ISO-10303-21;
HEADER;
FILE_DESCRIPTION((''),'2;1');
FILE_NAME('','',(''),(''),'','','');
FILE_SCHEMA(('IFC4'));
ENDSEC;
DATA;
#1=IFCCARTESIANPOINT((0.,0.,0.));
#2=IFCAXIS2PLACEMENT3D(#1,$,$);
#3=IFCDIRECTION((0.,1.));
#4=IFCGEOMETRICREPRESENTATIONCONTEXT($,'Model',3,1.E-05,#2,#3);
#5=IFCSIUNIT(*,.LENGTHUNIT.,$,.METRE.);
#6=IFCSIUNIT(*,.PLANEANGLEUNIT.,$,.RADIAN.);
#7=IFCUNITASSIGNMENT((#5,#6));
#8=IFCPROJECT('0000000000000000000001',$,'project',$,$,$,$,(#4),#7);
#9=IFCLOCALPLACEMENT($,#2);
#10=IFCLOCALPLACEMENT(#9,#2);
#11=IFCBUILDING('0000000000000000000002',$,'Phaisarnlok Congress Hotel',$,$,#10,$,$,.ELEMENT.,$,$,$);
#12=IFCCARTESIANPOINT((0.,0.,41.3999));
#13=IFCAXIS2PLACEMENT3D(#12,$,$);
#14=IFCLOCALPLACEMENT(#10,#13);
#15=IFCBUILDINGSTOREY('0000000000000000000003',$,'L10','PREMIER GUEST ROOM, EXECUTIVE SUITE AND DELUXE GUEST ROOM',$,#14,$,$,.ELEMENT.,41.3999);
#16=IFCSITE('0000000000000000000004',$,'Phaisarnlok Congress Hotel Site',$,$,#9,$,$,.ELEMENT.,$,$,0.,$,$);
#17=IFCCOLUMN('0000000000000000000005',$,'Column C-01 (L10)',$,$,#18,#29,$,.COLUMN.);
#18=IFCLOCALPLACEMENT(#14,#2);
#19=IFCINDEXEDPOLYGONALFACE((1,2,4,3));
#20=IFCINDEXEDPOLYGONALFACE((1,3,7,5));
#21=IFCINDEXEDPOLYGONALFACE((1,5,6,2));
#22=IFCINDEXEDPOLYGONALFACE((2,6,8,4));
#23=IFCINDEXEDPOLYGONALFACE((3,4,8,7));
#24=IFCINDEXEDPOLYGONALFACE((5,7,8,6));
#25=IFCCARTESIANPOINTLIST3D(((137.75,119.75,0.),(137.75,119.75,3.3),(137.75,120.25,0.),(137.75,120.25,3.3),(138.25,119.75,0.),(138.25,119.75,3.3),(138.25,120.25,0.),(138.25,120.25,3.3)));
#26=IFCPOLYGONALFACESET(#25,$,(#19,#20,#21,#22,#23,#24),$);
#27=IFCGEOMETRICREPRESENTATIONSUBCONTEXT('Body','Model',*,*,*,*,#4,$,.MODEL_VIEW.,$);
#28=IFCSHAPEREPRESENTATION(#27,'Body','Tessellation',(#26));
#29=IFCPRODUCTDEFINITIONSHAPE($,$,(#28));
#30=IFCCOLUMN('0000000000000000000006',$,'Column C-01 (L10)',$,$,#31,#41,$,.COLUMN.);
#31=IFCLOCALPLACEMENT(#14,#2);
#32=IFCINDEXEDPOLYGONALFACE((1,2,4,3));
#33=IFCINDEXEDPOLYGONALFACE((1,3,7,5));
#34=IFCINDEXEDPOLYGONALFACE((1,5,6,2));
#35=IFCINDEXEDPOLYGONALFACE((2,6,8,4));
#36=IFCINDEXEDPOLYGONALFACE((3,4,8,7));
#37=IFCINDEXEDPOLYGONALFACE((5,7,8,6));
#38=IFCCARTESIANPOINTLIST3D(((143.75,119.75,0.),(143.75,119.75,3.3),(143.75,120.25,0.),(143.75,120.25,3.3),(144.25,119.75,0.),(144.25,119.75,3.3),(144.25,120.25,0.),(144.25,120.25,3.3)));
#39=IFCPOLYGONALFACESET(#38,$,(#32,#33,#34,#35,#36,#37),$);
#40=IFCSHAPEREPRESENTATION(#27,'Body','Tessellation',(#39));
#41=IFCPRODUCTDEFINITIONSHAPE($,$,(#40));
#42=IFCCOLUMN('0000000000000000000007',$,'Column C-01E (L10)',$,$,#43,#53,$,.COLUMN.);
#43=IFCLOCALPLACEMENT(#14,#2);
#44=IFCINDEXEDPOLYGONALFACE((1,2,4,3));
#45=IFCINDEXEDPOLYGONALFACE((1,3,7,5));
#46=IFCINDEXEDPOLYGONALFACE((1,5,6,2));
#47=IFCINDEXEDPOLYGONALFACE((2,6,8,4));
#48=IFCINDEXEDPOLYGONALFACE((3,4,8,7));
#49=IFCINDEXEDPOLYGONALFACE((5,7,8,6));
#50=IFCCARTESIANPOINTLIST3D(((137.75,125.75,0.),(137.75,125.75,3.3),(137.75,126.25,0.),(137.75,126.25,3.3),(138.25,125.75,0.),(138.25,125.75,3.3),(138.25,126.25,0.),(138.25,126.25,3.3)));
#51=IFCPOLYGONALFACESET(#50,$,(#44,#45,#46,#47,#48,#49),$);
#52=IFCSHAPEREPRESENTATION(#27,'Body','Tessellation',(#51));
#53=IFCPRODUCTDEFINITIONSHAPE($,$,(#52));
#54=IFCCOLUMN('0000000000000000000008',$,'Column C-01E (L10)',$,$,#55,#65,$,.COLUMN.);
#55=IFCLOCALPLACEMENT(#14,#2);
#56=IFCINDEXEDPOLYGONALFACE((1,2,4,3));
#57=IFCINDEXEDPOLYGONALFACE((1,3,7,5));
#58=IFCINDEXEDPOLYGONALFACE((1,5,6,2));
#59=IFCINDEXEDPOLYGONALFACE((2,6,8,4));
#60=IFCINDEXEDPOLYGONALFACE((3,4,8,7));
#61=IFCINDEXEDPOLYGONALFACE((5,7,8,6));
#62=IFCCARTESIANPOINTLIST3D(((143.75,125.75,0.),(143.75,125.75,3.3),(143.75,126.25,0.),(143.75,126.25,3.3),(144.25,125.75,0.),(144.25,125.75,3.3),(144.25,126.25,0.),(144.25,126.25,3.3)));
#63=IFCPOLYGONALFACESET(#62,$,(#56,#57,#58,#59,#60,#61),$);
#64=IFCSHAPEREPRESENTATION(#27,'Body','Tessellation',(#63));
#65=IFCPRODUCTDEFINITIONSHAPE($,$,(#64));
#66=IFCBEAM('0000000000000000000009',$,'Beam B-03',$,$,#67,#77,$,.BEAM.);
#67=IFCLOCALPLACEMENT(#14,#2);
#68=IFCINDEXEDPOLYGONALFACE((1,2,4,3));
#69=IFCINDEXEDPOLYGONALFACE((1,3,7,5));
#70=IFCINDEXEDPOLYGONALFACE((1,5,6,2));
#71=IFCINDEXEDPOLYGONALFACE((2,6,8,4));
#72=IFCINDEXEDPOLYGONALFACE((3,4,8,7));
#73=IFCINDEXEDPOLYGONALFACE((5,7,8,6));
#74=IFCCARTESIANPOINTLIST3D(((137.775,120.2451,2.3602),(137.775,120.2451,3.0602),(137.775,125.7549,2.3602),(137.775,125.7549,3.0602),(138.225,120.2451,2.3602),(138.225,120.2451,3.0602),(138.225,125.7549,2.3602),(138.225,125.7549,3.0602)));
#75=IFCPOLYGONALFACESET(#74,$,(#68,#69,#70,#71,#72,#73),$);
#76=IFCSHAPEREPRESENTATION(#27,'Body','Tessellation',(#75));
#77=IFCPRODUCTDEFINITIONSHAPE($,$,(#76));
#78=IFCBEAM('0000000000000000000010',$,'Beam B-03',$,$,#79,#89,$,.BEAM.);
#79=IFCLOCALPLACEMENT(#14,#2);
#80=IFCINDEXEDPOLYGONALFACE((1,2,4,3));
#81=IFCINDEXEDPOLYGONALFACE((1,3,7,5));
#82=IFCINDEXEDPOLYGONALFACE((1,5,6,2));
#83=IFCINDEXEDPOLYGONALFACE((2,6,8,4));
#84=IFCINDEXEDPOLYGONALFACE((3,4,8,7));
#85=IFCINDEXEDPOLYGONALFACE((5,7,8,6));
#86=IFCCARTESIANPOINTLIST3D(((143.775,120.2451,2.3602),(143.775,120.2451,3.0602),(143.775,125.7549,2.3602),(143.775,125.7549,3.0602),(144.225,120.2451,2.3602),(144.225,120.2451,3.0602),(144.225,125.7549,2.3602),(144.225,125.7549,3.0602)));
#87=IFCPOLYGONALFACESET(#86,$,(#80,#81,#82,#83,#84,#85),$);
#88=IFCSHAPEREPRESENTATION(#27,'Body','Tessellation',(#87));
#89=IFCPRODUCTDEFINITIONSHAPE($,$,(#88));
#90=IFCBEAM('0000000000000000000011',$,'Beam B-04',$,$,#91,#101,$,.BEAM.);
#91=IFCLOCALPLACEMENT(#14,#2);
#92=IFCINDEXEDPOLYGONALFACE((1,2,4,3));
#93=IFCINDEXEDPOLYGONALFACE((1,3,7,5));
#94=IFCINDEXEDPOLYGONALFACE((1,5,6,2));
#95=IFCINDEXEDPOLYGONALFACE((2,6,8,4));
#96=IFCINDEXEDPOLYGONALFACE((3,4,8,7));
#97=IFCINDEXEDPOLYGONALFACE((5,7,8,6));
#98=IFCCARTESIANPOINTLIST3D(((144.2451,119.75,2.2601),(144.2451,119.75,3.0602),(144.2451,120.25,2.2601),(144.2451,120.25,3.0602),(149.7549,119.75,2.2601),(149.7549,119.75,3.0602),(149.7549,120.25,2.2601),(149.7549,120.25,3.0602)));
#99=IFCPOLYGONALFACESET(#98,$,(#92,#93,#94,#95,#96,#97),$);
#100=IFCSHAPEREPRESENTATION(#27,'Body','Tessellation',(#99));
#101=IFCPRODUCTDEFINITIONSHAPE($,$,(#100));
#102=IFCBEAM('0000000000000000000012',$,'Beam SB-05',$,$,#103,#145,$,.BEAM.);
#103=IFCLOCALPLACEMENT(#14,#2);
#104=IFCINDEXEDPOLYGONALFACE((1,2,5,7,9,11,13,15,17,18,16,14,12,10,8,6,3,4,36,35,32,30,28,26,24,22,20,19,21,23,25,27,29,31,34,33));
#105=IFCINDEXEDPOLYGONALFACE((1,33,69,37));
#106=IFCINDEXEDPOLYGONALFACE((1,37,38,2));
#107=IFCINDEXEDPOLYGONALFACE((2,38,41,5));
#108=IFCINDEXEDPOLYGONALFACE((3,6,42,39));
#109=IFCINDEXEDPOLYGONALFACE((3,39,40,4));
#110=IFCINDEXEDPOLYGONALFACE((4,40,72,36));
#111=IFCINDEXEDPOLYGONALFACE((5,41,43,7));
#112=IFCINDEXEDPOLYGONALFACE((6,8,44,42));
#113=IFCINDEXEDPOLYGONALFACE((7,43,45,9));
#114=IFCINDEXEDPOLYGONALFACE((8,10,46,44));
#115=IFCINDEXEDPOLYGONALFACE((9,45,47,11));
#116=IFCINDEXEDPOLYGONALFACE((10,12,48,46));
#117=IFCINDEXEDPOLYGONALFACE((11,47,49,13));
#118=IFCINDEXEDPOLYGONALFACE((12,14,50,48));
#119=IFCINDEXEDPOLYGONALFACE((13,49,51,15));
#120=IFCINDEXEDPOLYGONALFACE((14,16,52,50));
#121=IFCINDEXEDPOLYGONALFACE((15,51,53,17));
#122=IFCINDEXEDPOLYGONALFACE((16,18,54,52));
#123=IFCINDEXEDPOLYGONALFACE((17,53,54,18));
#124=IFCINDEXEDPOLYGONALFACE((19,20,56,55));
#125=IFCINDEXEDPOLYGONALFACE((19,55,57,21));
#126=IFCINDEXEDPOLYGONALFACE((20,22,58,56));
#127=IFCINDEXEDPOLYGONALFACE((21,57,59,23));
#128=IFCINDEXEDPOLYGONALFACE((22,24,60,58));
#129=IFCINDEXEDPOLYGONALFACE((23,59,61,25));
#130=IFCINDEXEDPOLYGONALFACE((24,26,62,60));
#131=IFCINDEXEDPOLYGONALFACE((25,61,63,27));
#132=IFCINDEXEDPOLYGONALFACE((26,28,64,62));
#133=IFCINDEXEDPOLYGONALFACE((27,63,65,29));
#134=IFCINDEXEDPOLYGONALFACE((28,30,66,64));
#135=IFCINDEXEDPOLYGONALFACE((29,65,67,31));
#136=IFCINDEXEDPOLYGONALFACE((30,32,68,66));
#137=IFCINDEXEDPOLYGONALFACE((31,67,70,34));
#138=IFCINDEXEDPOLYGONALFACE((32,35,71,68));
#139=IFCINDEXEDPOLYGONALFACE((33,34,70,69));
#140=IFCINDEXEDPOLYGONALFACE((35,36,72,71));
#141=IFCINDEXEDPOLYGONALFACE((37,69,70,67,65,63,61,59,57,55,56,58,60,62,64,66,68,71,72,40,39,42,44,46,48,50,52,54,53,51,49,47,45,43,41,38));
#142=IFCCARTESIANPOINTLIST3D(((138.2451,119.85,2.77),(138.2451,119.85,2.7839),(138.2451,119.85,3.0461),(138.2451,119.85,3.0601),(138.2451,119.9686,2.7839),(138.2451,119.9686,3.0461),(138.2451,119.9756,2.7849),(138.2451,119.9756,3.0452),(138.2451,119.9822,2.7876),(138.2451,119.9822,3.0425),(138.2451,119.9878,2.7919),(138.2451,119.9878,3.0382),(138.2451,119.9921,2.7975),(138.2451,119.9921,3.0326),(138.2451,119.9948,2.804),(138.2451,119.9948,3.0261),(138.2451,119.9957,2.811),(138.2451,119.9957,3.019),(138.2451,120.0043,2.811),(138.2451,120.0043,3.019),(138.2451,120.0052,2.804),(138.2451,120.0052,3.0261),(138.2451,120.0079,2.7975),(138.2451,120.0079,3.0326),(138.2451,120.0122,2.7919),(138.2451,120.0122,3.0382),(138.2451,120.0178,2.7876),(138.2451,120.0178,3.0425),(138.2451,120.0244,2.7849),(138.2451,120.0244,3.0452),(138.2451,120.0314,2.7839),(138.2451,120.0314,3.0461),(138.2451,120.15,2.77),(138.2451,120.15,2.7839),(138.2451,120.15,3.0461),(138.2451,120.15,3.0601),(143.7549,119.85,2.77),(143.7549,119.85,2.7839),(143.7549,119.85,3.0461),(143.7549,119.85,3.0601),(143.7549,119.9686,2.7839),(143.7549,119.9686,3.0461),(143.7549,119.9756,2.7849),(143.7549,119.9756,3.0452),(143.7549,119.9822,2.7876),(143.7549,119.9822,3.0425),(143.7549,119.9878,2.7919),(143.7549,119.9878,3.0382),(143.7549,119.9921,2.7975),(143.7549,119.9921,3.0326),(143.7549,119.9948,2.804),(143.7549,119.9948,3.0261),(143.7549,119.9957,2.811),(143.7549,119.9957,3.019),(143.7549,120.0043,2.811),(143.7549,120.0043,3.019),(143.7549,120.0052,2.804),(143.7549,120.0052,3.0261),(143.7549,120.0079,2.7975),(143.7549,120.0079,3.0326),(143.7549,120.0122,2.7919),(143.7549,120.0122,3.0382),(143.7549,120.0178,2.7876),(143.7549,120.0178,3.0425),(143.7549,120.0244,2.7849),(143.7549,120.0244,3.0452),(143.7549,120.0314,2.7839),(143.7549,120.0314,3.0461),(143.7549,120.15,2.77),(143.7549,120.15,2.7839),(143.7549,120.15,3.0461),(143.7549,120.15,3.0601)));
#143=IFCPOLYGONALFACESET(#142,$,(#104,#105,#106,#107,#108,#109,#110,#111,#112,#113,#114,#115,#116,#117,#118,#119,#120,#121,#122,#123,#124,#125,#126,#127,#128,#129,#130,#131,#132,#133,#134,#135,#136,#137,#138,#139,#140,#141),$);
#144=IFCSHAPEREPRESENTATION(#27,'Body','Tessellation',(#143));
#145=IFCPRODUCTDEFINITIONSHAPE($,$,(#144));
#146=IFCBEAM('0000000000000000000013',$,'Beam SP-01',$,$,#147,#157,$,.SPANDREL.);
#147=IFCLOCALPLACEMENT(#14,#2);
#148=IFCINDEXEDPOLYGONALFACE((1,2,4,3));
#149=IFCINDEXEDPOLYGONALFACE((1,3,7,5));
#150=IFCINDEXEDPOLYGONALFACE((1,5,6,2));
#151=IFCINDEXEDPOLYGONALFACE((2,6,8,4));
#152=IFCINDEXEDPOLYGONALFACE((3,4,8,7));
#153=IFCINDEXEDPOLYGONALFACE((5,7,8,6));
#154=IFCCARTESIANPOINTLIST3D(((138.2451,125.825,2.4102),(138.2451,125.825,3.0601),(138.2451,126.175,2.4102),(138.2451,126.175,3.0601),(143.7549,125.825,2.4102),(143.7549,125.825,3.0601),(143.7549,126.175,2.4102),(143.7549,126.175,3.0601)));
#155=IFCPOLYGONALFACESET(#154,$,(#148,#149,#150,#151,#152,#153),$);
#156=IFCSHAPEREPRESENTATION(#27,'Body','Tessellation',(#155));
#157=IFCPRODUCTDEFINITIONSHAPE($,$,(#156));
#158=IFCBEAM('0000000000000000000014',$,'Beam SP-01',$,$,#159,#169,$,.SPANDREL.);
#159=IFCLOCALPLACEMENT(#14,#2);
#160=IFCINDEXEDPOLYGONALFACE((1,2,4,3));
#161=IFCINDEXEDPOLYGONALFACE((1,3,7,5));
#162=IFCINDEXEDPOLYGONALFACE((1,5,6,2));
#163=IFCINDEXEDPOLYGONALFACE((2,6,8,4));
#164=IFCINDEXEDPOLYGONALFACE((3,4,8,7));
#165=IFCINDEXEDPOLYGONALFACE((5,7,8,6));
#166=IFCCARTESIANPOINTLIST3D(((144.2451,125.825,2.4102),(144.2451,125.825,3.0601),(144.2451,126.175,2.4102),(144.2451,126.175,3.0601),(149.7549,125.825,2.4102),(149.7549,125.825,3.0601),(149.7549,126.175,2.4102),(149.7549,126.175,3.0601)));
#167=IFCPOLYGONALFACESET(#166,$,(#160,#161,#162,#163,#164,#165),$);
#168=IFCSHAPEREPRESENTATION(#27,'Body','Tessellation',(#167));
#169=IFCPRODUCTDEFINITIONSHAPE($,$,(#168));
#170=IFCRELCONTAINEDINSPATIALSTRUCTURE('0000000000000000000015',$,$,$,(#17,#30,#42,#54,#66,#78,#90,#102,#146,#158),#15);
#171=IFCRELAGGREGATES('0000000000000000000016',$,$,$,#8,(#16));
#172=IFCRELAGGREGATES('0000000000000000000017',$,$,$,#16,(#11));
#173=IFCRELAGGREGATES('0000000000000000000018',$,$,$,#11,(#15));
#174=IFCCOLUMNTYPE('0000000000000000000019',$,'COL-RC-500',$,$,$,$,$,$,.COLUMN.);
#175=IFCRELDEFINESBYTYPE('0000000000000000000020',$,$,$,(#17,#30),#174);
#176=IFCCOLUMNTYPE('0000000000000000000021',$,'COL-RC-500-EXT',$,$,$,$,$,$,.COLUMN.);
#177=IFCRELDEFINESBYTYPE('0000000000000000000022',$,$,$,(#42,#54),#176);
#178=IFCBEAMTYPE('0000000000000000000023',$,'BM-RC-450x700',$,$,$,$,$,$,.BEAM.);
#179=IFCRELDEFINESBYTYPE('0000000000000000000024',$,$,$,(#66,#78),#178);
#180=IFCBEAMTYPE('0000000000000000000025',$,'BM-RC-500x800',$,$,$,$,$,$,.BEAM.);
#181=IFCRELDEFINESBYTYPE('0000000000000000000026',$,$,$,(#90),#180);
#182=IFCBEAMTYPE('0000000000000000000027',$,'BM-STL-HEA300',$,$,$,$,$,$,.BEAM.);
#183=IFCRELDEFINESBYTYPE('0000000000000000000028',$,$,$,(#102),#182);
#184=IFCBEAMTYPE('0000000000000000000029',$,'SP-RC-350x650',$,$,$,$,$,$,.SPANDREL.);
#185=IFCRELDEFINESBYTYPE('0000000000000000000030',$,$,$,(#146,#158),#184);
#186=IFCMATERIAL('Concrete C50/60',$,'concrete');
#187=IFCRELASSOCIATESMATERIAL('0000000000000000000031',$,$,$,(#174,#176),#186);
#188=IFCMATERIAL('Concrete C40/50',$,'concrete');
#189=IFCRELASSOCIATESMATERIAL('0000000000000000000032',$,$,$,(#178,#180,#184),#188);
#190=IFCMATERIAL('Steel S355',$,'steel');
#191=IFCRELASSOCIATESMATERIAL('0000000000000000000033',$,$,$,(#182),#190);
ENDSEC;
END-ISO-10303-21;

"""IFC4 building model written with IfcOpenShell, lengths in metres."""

from ifc_helpers import new_model, si_unit, direction, frame, origin, origin_2d, place, context, subcontext, project, spatial, rectangle, i_section, extrude, material, material_profile, profile_set, type_object, element, save


model = new_model("IFC4")

# Units and contexts
model_context = context("Model", 3, precision=1e-05, world=origin(), true_north=direction((0.0, 1.0)))
body_context = subcontext(model_context, "Body", "Model", "MODEL_VIEW")
ifc_project = project(units=[si_unit("LENGTHUNIT", "METRE"), si_unit("PLANEANGLEUNIT", "RADIAN")], contexts=[model_context])

# Site, building, storey
site_placement = place(None, origin())
site = spatial("IfcSite", under=ifc_project, at=site_placement, Name="Phaisarnlok Congress Hotel Site", CompositionType="ELEMENT", RefElevation=0.0)
building_placement = place(site_placement, origin())
building = spatial("IfcBuilding", under=site, at=building_placement, Name="Phaisarnlok Congress Hotel", CompositionType="ELEMENT")
storey_placement = place(building_placement, frame((0.0, 0.0, 41.3999)))
storey = spatial("IfcBuildingStorey", under=building, at=storey_placement, Name="L10", Description="PREMIER GUEST ROOM, EXECUTIVE SUITE AND DELUXE GUEST ROOM", CompositionType="ELEMENT", Elevation=41.3999)

# Columns
ifc_material_1 = material(Name="Concrete C50/60", Category="concrete")
ifc_material_profile_1 = material_profile(ifc_material_1, rectangle(XDim=0.5, YDim=0.5, at=origin_2d()), Name="RC 500x500")
ifc_profile_set_1 = profile_set([ifc_material_profile_1], Name="Concrete C50/60")
column_type_1 = type_object("IfcColumnType", Name="COL-RC-500", PredefinedType="COLUMN", material=ifc_profile_set_1)
for number, where, z_axis, x_axis, name in (
    (1, (138.0, 120.0, 0.0), (0.0, 0.0, 1.0), (1.0, 0.0, 0.0), "Column C-01 (L10)"),
    (2, (144.0, 120.0, 0.0), (0.0, 0.0, 1.0), (1.0, 0.0, 0.0), "Column C-01 (L10)"),
):
    element("IfcColumn", number, at=place(storey_placement, frame(where, z_axis=z_axis, x_axis=x_axis)), inside=storey, type_object=column_type_1, Name=name, PredefinedType="COLUMN", context=body_context, shape_type="SweptSolid", body=[
        extrude(rectangle(XDim=0.5, YDim=0.5, at=origin_2d()), origin(), (0.0, 0.0, 1.0), 3.3),
    ])
ifc_material_profile_2 = material_profile(ifc_material_1, rectangle(XDim=0.5, YDim=0.5, at=origin_2d()), Name="RC 500x500")
ifc_profile_set_2 = profile_set([ifc_material_profile_2], Name="Concrete C50/60")
column_type_2 = type_object("IfcColumnType", Name="COL-RC-500-EXT", PredefinedType="COLUMN", material=ifc_profile_set_2)
for number, where, z_axis, x_axis, name in (
    (3, (138.0, 126.0, 0.0), (0.0, 0.0, 1.0), (1.0, 0.0, 0.0), "Column C-01E (L10)"),
    (4, (144.0, 126.0, 0.0), (0.0, 0.0, 1.0), (1.0, 0.0, 0.0), "Column C-01E (L10)"),
):
    element("IfcColumn", number, at=place(storey_placement, frame(where, z_axis=z_axis, x_axis=x_axis)), inside=storey, type_object=column_type_2, Name=name, PredefinedType="COLUMN", context=body_context, shape_type="SweptSolid", body=[
        extrude(rectangle(XDim=0.5, YDim=0.5, at=origin_2d()), origin(), (0.0, 0.0, 1.0), 3.3),
    ])

# Beams
ifc_material_2 = material(Name="Concrete C40/50", Category="concrete")
ifc_material_profile_3 = material_profile(ifc_material_2, rectangle(XDim=0.45, YDim=0.7, at=origin_2d()), Name="RC 450x700")
ifc_profile_set_3 = profile_set([ifc_material_profile_3], Name="Concrete C40/50")
beam_type_1 = type_object("IfcBeamType", Name="BM-RC-450x700", PredefinedType="BEAM", material=ifc_profile_set_3)
for number, where, z_axis, x_axis, name in (
    (5, (138.0, 120.2451, 2.7102), (0.0, 1.0, 0.0), (-1.0, 0.0, 0.0), "Beam B-03"),
    (6, (144.0, 120.2451, 2.7102), (0.0, 1.0, 0.0), (-1.0, 0.0, 0.0), "Beam B-03"),
):
    element("IfcBeam", number, at=place(storey_placement, frame(where, z_axis=z_axis, x_axis=x_axis)), inside=storey, type_object=beam_type_1, Name=name, PredefinedType="BEAM", context=body_context, shape_type="SweptSolid", body=[
        extrude(rectangle(XDim=0.45, YDim=0.7, at=origin_2d()), origin(), (0.0, 0.0, 1.0), 5.5098),
    ])
ifc_material_profile_4 = material_profile(ifc_material_2, rectangle(XDim=0.5, YDim=0.8, at=origin_2d()), Name="RC 500x800")
ifc_profile_set_4 = profile_set([ifc_material_profile_4], Name="Concrete C40/50")
beam_type_2 = type_object("IfcBeamType", Name="BM-RC-500x800", PredefinedType="BEAM", material=ifc_profile_set_4)
beam_1_placement = place(storey_placement, frame((144.2451, 120.0, 2.6602), z_axis=(1.0, 0.0, 0.0), x_axis=(0.0, 1.0, 0.0)))
element("IfcBeam", 7, at=beam_1_placement, inside=storey, type_object=beam_type_2, Name="Beam B-04", PredefinedType="BEAM", context=body_context, shape_type="SweptSolid", body=[
    extrude(rectangle(XDim=0.5, YDim=0.8, at=origin_2d()), origin(), (0.0, 0.0, 1.0), 5.5098),
])
ifc_material_3 = material(Name="Steel S355", Category="steel")
ifc_material_profile_5 = material_profile(ifc_material_3, i_section(OverallWidth=0.3, OverallDepth=0.29, WebThickness=0.0085, FlangeThickness=0.0139, FilletRadius=0.0271, at=origin_2d()), Name="HEA 300")
ifc_profile_set_5 = profile_set([ifc_material_profile_5], Name="Steel S355")
beam_type_3 = type_object("IfcBeamType", Name="BM-STL-HEA300", PredefinedType="BEAM", material=ifc_profile_set_5)
beam_2_placement = place(storey_placement, frame((138.2451, 120.0, 2.915), z_axis=(1.0, 0.0, 0.0), x_axis=(0.0, 1.0, 0.0)))
element("IfcBeam", 8, at=beam_2_placement, inside=storey, type_object=beam_type_3, Name="Beam SB-05", PredefinedType="BEAM", context=body_context, shape_type="SweptSolid", body=[
    extrude(i_section(OverallWidth=0.3, OverallDepth=0.29, WebThickness=0.0085, FlangeThickness=0.0139, FilletRadius=0.0271, at=origin_2d()), origin(), (0.0, 0.0, 1.0), 5.5098),
])
ifc_material_profile_6 = material_profile(ifc_material_2, rectangle(XDim=0.3501, YDim=0.6499, at=origin_2d()), Name="RC 350x650")
ifc_profile_set_6 = profile_set([ifc_material_profile_6], Name="Concrete C40/50")
beam_type_4 = type_object("IfcBeamType", Name="SP-RC-350x650", PredefinedType="SPANDREL", material=ifc_profile_set_6)
for number, where, z_axis, x_axis, name in (
    (9, (138.2451, 126.0, 2.7351), (1.0, 0.0, 0.0), (0.0, 1.0, 0.0), "Beam SP-01"),
    (10, (144.2451, 126.0, 2.7351), (1.0, 0.0, 0.0), (0.0, 1.0, 0.0), "Beam SP-01"),
):
    element("IfcBeam", number, at=place(storey_placement, frame(where, z_axis=z_axis, x_axis=x_axis)), inside=storey, type_object=beam_type_4, Name=name, PredefinedType="SPANDREL", context=body_context, shape_type="SweptSolid", body=[
        extrude(rectangle(XDim=0.3501, YDim=0.6499, at=origin_2d()), origin(), (0.0, 0.0, 1.0), 5.5098),
    ])

save(model, "model.ifc")
